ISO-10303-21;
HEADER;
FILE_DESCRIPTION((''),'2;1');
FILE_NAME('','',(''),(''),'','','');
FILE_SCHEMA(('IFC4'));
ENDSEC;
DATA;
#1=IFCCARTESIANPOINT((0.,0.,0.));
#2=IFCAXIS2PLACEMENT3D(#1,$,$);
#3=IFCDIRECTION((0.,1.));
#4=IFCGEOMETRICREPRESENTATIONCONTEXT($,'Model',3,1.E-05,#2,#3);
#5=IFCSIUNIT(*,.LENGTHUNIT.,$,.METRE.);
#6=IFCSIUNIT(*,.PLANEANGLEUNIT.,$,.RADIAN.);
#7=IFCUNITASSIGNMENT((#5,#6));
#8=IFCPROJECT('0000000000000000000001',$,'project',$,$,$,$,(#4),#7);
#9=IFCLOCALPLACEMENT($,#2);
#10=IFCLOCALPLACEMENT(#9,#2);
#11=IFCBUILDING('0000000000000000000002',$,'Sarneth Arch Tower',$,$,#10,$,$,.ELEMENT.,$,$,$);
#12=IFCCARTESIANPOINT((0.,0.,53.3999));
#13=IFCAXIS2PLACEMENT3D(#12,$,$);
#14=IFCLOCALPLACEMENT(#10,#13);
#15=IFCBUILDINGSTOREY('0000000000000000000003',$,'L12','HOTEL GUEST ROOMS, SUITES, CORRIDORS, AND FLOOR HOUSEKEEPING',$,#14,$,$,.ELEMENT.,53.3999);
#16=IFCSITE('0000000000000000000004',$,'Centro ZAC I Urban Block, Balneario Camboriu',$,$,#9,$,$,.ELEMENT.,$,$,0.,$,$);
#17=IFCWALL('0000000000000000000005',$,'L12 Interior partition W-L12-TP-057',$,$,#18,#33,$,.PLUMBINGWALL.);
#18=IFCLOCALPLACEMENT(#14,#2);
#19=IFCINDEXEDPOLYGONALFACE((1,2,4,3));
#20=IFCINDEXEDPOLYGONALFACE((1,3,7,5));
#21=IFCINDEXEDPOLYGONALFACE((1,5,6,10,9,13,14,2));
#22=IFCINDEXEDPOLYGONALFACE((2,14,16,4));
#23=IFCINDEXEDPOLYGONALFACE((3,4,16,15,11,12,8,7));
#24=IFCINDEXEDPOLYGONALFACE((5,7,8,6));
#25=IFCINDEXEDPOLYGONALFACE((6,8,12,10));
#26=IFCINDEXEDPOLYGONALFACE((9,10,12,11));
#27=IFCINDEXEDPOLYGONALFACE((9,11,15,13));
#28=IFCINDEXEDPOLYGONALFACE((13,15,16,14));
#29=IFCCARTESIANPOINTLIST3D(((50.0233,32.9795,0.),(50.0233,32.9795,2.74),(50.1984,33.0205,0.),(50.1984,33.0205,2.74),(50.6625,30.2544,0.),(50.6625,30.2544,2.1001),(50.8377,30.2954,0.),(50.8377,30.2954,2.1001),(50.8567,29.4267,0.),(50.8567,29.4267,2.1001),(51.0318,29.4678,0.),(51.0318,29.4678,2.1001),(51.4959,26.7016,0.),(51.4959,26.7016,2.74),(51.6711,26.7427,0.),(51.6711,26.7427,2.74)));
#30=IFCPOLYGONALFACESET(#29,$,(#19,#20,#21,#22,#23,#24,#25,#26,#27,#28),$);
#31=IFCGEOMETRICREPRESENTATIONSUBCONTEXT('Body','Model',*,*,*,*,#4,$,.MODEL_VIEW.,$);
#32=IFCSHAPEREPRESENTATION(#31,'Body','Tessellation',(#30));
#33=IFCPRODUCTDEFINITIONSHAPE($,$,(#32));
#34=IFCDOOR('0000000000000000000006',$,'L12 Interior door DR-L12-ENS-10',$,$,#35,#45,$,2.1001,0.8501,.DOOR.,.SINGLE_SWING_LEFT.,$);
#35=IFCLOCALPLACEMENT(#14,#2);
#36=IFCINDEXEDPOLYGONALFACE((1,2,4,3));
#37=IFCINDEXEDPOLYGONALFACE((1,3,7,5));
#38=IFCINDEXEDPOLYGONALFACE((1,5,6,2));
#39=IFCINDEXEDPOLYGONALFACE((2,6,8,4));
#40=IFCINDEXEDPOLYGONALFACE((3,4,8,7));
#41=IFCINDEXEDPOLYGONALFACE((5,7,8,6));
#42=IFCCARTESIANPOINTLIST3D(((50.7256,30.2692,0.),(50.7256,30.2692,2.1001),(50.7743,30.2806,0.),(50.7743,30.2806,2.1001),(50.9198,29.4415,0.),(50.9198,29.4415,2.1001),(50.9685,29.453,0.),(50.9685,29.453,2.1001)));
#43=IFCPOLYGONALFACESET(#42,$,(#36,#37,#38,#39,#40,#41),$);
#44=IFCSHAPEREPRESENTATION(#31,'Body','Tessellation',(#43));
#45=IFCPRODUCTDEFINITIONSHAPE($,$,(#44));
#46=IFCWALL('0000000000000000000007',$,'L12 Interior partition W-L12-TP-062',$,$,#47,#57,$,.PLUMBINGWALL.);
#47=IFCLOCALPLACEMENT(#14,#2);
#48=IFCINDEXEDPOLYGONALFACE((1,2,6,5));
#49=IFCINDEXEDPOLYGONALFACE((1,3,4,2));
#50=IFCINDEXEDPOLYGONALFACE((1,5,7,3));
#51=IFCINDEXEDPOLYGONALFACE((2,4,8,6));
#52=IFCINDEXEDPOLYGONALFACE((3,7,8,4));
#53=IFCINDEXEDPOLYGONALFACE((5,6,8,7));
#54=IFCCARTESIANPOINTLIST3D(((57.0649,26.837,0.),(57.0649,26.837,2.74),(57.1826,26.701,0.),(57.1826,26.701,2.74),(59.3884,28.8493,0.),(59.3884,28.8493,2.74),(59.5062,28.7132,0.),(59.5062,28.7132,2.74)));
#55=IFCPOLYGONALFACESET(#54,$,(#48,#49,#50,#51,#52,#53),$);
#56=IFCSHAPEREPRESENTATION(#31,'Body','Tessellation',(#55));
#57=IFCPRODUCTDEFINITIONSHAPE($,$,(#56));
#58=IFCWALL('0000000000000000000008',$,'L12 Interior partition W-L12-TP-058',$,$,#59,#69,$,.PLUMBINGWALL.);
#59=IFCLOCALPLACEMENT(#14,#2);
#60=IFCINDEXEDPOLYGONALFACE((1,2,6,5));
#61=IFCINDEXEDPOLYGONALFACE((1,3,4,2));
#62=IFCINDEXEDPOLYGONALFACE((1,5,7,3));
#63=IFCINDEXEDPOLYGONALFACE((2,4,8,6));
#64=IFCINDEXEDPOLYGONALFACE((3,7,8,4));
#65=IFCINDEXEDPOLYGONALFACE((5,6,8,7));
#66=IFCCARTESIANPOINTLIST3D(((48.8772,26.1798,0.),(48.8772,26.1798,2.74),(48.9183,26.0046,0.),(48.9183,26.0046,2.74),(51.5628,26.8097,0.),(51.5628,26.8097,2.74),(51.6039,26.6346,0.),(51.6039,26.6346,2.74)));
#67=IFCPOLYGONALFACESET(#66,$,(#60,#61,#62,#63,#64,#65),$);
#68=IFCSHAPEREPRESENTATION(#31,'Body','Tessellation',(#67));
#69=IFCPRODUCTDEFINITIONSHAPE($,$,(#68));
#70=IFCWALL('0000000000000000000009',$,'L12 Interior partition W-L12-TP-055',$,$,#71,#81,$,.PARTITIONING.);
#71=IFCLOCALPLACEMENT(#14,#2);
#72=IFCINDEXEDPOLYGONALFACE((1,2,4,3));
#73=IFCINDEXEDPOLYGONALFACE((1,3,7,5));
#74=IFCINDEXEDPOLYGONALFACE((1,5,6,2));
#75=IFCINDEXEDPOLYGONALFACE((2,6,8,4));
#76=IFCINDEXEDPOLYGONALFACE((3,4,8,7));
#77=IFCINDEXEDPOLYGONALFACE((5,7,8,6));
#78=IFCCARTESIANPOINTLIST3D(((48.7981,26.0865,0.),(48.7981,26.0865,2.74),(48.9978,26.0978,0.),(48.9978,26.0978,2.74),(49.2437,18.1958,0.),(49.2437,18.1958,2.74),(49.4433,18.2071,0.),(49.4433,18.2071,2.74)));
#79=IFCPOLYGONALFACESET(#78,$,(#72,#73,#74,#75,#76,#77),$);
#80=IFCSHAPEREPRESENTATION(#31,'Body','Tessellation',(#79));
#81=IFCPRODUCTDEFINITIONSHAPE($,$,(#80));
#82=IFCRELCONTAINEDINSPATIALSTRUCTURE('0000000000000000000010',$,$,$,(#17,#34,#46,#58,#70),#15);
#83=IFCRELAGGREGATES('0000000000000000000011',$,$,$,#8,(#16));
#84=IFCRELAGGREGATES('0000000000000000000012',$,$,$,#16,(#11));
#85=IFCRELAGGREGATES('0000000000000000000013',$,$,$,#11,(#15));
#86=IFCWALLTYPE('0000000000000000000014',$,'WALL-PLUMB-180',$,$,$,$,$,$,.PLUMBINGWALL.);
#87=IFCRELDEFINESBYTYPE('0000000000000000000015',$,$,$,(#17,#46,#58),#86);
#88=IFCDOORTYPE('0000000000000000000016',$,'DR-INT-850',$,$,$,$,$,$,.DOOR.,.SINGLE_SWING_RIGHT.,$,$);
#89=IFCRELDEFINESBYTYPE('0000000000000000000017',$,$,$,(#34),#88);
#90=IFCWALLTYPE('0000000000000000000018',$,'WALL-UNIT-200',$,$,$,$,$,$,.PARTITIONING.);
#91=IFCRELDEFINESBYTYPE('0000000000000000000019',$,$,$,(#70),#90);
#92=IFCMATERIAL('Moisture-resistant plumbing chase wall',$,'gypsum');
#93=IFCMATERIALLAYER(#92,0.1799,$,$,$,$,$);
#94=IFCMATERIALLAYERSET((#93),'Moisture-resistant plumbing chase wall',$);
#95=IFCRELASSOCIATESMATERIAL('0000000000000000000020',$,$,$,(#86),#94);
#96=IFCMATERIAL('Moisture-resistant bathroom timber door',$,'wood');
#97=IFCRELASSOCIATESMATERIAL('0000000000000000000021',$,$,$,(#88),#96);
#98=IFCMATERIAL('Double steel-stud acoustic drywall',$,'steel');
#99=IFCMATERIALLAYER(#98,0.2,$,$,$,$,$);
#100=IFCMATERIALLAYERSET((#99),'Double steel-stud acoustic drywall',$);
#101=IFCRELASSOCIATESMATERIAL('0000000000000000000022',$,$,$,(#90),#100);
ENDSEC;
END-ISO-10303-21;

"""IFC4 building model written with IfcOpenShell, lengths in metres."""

from ifc_helpers import new_model, si_unit, direction, frame, frame_2d, origin, place, context, subcontext, project, spatial, rectangle, extrude, material, layer, layer_set, type_object, element, fill, save


model = new_model("IFC4")

# Units and contexts
model_context = context("Model", 3, precision=1e-05, world=origin(), true_north=direction((0.0, 1.0)))
body_context = subcontext(model_context, "Body", "Model", "MODEL_VIEW")
ifc_project = project(units=[si_unit("LENGTHUNIT", "METRE"), si_unit("PLANEANGLEUNIT", "RADIAN")], contexts=[model_context])

# Site, building, storey
site_placement = place(None, origin())
site = spatial("IfcSite", under=ifc_project, at=site_placement, Name="Centro ZAC I Urban Block, Balneario Camboriu", CompositionType="ELEMENT", RefElevation=0.0)
building_placement = place(site_placement, origin())
building = spatial("IfcBuilding", under=site, at=building_placement, Name="Sarneth Arch Tower", CompositionType="ELEMENT")
storey_placement = place(building_placement, frame((0.0, 0.0, 53.3999)))
storey = spatial("IfcBuildingStorey", under=building, at=storey_placement, Name="L12", Description="HOTEL GUEST ROOMS, SUITES, CORRIDORS, AND FLOOR HOUSEKEEPING", CompositionType="ELEMENT", Elevation=53.3999)

# Shared definitions
ifc_material_1 = material(Name="Moisture-resistant plumbing chase wall", Category="gypsum")
ifc_layer_1 = layer(ifc_material_1, 0.1799)
ifc_layer_set_1 = layer_set([ifc_layer_1], Name="Moisture-resistant plumbing chase wall")
wall_type_1 = type_object("IfcWallType", Name="WALL-PLUMB-180", PredefinedType="PLUMBINGWALL", material=ifc_layer_set_1)

# Wall, opening, door
wall_1_placement = place(storey_placement, frame((50.1108, 33.0, 0.0), z_axis=(0.0, 0.0, 1.0), x_axis=(0.228381, -0.973572, 0.0)))
wall_1 = element("IfcWall", 1, at=wall_1_placement, inside=storey, type_object=wall_type_1, Name="L12 Interior partition W-L12-TP-057", PredefinedType="PLUMBINGWALL", context=body_context, shape_type="SweptSolid", body=[
    extrude(rectangle(XDim=6.4482, YDim=0.1799, at=frame_2d((3.2241, 0.0))), origin(), (0.0, 0.0, 1.0), 2.74),
])
opening_1_placement = place(wall_1_placement, frame((2.7991, 0.0, 0.0)))
opening_1 = element("IfcOpeningElement", 2, at=opening_1_placement, cuts=wall_1, PredefinedType="OPENING", context=body_context, shape_type="SweptSolid", body=[
    extrude(rectangle(XDim=0.8501, YDim=2.1001, at=frame_2d((0.425, 1.05))), frame((0.0, 0.0999, 0.0), z_axis=(0.0, -1.0, 0.0), x_axis=(1.0, 0.0, 0.0)), (0.0, 0.0, 1.0), 0.2),
])
ifc_material_2 = material(Name="Moisture-resistant bathroom timber door", Category="wood")
door_type_1 = type_object("IfcDoorType", Name="DR-INT-850", OperationType="SINGLE_SWING_RIGHT", PredefinedType="DOOR", material=ifc_material_2)
door_1_placement = place(opening_1_placement, origin())
door_1 = element("IfcDoor", 3, at=door_1_placement, inside=storey, type_object=door_type_1, Name="L12 Interior door DR-L12-ENS-10", OperationType="SINGLE_SWING_LEFT", OverallHeight=2.1001, OverallWidth=0.8501, PredefinedType="DOOR", context=body_context, shape_type="SweptSolid", body=[
    extrude(rectangle(XDim=0.8501, YDim=2.1001, at=frame_2d((0.425, 1.05))), frame((0.0, 0.0249, 0.0), z_axis=(0.0, -1.0, 0.0), x_axis=(1.0, 0.0, 0.0)), (0.0, 0.0, 1.0), 0.05),
])
fill(opening_1, door_1)

# Walls
wall_2_placement = place(storey_placement, frame((59.4473, 28.7812, 0.0), z_axis=(0.0, 0.0, 1.0), x_axis=(-0.755928, -0.654655, 0.0)))
element("IfcWall", 4, at=wall_2_placement, inside=storey, type_object=wall_type_1, Name="L12 Interior partition W-L12-TP-062", PredefinedType="PLUMBINGWALL", context=body_context, shape_type="SweptSolid", body=[
    extrude(rectangle(XDim=3.0737, YDim=0.1799, at=frame_2d((1.5369, 0.0))), origin(), (0.0, 0.0, 1.0), 2.74),
])
wall_3_placement = place(storey_placement, frame((51.5835, 26.7222, 0.0), z_axis=(0.0, 0.0, 1.0), x_axis=(-0.973579, -0.228349, 0.0)))
element("IfcWall", 5, at=wall_3_placement, inside=storey, type_object=wall_type_1, Name="L12 Interior partition W-L12-TP-058", PredefinedType="PLUMBINGWALL", context=body_context, shape_type="SweptSolid", body=[
    extrude(rectangle(XDim=2.7585, YDim=0.1799, at=frame_2d((1.3794, 0.0))), origin(), (0.0, 0.0, 1.0), 2.74),
])
ifc_material_3 = material(Name="Double steel-stud acoustic drywall", Category="steel")
ifc_layer_2 = layer(ifc_material_3, 0.2)
ifc_layer_set_2 = layer_set([ifc_layer_2], Name="Double steel-stud acoustic drywall")
wall_type_2 = type_object("IfcWallType", Name="WALL-UNIT-200", PredefinedType="PARTITIONING", material=ifc_layer_set_2)
wall_4_placement = place(storey_placement, frame((49.3435, 18.2014, 0.0), z_axis=(0.0, 0.0, 1.0), x_axis=(-0.056375, 0.99841, 0.0)))
element("IfcWall", 6, at=wall_4_placement, inside=storey, type_object=wall_type_2, Name="L12 Interior partition W-L12-TP-055", PredefinedType="PARTITIONING", context=body_context, shape_type="SweptSolid", body=[
    extrude(rectangle(XDim=7.9033, YDim=0.2, at=frame_2d((3.9517, 0.0))), origin(), (0.0, 0.0, 1.0), 2.74),
])

save(model, "model.ifc")
